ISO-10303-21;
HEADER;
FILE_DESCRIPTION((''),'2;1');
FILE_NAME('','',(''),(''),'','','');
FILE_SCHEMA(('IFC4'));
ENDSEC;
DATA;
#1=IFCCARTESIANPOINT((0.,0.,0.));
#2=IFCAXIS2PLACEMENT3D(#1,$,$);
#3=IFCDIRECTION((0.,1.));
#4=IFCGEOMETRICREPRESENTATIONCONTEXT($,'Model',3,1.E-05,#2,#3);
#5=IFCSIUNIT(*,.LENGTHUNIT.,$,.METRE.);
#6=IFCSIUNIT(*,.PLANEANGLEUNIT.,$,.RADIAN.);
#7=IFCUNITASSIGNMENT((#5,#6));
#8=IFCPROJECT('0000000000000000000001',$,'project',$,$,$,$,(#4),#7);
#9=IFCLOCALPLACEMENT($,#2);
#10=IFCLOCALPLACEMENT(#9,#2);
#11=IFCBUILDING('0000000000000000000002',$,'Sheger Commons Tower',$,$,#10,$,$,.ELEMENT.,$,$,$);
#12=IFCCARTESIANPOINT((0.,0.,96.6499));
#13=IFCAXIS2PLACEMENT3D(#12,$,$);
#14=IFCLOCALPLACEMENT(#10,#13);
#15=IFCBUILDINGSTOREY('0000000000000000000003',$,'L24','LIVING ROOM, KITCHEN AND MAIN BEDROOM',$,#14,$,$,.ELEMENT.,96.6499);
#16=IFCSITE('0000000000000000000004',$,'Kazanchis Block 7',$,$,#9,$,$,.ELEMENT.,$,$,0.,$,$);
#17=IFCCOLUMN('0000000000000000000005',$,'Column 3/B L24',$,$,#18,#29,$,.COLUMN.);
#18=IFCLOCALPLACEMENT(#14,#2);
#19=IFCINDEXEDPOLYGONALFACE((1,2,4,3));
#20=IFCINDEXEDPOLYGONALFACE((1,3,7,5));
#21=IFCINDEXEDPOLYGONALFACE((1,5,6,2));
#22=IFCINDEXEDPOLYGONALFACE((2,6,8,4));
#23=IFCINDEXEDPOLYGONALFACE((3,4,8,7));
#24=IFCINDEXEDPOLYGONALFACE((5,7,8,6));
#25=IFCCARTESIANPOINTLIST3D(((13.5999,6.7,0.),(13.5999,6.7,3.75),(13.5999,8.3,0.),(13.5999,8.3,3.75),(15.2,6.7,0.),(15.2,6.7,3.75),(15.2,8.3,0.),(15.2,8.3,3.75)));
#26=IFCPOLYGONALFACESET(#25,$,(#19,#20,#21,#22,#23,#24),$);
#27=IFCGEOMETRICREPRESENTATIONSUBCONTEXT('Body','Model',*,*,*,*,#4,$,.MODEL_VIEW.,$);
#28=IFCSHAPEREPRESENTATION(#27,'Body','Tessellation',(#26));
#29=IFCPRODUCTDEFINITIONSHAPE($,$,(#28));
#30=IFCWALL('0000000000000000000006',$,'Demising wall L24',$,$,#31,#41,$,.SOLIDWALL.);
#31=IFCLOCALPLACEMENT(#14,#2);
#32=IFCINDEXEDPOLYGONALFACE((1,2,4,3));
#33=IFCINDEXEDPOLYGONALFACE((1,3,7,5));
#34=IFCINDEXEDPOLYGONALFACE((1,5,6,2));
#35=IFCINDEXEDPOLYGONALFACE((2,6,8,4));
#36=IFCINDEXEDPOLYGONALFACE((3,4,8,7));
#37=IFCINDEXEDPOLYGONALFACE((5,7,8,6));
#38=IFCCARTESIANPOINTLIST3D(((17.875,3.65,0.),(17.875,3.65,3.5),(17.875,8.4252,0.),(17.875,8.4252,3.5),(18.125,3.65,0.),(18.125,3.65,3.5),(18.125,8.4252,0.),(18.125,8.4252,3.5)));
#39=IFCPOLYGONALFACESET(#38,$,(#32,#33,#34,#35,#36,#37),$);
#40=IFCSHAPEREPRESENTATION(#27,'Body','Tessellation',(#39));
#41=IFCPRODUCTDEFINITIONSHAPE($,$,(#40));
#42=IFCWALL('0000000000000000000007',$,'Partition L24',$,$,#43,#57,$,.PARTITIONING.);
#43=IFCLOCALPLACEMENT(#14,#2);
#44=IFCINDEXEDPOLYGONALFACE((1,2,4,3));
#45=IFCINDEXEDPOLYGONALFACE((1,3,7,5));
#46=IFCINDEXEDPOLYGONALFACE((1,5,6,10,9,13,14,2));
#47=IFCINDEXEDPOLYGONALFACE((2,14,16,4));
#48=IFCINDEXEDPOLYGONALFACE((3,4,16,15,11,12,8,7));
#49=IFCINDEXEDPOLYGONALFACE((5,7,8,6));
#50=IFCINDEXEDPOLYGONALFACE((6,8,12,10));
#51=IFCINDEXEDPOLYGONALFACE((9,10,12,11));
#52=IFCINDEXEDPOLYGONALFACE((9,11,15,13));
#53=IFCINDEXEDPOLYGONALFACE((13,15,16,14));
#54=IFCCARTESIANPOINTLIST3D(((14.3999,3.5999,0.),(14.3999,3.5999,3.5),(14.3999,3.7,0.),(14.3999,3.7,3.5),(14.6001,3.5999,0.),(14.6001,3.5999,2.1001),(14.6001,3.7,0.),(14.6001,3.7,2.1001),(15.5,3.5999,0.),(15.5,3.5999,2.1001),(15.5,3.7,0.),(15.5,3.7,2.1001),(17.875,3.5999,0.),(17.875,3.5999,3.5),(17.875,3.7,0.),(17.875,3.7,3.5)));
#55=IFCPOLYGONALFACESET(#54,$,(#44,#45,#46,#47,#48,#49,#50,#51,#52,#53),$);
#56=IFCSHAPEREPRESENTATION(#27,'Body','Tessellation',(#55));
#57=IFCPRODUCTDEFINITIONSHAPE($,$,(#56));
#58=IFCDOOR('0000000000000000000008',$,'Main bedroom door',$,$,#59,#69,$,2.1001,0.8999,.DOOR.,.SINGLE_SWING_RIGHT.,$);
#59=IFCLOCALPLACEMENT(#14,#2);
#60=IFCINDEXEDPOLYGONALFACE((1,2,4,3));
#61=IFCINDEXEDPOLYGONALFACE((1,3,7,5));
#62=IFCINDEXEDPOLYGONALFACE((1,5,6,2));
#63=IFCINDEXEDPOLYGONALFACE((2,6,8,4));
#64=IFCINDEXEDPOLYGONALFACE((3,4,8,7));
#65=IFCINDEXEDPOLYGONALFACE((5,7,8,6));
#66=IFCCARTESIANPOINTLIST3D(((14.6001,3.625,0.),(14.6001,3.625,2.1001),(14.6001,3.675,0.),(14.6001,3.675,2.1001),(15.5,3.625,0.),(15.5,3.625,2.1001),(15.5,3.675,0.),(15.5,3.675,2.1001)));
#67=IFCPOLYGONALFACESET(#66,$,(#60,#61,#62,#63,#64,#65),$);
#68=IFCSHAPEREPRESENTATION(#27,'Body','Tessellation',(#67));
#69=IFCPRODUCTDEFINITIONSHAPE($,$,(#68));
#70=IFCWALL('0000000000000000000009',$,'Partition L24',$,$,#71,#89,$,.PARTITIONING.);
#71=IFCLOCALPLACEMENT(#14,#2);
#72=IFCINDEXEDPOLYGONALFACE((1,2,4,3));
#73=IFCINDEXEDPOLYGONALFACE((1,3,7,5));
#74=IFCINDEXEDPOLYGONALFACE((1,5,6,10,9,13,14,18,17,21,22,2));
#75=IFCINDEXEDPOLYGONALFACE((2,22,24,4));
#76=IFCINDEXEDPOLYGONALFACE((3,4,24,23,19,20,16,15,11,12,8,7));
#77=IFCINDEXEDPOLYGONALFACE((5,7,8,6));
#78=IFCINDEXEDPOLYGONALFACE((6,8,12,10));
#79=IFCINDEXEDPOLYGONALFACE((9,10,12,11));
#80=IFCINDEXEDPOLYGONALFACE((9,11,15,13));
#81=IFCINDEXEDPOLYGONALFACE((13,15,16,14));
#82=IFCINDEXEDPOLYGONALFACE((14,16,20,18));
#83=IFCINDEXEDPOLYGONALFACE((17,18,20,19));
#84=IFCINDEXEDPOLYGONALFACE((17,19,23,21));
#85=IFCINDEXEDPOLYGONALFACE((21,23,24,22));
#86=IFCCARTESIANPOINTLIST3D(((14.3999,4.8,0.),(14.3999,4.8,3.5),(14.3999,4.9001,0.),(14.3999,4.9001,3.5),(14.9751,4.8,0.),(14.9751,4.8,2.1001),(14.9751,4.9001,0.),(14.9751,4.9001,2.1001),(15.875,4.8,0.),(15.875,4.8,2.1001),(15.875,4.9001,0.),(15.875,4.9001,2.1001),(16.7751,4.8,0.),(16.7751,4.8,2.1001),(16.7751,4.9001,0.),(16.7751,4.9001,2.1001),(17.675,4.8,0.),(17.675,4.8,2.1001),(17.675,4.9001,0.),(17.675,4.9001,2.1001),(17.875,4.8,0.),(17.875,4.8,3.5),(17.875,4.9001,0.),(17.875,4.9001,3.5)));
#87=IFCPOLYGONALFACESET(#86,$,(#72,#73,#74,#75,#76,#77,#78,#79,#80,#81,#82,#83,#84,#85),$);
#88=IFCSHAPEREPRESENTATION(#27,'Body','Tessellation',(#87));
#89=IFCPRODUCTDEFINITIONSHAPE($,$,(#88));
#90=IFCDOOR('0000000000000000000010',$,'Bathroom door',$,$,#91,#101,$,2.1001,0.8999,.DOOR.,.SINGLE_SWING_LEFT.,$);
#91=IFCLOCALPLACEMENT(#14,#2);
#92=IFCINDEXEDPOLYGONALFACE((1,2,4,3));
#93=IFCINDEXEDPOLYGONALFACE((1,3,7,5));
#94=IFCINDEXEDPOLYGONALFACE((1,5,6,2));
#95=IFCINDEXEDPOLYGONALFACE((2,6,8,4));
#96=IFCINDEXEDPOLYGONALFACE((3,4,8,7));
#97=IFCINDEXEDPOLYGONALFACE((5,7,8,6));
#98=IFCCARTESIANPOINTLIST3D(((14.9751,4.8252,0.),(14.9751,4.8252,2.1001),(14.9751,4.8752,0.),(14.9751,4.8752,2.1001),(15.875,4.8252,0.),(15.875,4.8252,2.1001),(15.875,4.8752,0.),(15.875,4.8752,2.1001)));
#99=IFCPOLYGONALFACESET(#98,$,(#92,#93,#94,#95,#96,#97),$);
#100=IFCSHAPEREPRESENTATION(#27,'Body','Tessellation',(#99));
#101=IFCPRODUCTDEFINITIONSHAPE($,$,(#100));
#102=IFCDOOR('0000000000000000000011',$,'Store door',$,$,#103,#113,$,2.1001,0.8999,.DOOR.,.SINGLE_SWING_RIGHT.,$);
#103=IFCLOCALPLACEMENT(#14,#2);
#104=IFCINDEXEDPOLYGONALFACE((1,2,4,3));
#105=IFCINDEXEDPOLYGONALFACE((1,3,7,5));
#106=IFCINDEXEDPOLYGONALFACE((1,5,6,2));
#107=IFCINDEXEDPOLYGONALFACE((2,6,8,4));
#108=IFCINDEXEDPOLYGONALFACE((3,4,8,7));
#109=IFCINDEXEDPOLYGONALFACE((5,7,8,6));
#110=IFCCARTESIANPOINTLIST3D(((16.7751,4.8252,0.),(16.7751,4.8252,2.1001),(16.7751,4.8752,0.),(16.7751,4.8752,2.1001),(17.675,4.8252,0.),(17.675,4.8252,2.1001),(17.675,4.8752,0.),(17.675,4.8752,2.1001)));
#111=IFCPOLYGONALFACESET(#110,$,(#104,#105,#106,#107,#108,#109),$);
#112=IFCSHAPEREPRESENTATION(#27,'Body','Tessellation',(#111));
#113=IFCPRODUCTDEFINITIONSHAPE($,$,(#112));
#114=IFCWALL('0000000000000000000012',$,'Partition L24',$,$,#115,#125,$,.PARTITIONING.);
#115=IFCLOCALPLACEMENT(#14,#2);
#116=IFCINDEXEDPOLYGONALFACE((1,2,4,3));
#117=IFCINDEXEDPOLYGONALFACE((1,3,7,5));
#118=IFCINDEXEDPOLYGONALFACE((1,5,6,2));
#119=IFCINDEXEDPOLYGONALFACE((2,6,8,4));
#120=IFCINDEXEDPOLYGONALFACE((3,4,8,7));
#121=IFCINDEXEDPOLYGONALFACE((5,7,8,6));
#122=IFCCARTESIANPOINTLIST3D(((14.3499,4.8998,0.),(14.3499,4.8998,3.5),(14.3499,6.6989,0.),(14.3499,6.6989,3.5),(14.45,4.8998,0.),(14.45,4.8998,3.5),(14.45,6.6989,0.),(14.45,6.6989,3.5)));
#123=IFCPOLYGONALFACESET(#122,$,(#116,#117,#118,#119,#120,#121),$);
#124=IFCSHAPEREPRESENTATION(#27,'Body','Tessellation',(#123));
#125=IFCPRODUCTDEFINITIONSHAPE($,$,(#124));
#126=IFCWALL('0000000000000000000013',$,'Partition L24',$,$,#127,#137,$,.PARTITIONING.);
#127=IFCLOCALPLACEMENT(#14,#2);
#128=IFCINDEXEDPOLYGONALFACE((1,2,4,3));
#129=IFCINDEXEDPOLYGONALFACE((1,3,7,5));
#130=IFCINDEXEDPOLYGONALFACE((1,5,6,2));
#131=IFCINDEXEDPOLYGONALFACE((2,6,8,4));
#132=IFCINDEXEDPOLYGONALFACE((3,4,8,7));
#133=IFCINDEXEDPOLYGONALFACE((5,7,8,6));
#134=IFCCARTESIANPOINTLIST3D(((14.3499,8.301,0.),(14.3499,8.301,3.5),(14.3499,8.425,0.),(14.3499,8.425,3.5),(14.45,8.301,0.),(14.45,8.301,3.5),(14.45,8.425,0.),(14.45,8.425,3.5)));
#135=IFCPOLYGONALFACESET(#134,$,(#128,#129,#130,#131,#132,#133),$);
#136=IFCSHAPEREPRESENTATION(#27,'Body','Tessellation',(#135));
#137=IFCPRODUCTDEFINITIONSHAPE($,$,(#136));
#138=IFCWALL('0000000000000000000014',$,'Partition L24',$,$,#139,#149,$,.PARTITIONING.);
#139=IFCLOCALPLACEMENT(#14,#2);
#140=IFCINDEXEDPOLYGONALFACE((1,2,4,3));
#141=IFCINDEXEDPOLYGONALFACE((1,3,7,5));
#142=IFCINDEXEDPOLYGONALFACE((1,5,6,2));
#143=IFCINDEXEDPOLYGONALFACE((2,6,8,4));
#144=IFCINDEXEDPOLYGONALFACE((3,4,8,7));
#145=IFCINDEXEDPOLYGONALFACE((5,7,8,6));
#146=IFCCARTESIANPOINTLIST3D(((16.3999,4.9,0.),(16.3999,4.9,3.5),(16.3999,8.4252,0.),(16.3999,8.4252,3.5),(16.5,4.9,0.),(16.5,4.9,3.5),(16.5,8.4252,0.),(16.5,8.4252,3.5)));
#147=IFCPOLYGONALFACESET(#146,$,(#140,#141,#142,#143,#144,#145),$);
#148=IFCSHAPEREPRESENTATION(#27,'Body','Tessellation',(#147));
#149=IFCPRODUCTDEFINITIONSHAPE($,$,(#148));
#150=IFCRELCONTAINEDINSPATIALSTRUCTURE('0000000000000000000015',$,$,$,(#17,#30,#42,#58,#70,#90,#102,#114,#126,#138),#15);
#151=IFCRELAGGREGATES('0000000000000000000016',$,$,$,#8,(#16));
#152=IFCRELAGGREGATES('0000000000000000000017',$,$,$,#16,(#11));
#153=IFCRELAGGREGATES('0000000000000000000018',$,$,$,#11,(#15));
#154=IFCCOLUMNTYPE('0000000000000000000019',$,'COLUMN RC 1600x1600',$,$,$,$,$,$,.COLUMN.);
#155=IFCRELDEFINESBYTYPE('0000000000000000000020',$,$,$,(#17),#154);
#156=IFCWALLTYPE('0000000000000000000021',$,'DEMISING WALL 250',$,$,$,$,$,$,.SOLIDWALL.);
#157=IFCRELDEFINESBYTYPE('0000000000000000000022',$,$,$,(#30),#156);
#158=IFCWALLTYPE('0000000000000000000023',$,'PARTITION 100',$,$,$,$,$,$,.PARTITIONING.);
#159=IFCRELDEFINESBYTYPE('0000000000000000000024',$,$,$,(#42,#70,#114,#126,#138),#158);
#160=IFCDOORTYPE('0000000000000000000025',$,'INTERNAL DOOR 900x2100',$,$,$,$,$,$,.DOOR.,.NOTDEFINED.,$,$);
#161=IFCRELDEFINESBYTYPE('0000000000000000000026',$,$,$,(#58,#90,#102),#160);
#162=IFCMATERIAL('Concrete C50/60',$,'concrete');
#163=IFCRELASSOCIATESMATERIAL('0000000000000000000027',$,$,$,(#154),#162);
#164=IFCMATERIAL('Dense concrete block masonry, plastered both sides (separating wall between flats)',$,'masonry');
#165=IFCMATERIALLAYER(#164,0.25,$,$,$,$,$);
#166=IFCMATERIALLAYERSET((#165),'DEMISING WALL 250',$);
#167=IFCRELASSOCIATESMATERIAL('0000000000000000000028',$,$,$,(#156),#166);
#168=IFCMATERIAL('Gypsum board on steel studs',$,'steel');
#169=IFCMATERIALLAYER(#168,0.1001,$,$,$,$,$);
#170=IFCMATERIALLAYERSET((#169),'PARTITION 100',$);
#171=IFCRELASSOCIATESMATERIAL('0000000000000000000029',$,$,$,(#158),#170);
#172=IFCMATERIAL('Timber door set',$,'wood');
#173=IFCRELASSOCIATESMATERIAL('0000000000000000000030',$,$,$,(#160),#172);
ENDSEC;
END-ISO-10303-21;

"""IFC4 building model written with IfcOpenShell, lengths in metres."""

from ifc_helpers import new_model, si_unit, direction, frame, frame_2d, origin, origin_2d, place, context, subcontext, project, spatial, rectangle, extrude, material, layer, layer_set, material_profile, profile_set, type_object, element, fill, save


model = new_model("IFC4")

# Units and contexts
model_context = context("Model", 3, precision=1e-05, world=origin(), true_north=direction((0.0, 1.0)))
body_context = subcontext(model_context, "Body", "Model", "MODEL_VIEW")
ifc_project = project(units=[si_unit("LENGTHUNIT", "METRE"), si_unit("PLANEANGLEUNIT", "RADIAN")], contexts=[model_context])

# Site, building, storey
site_placement = place(None, origin())
site = spatial("IfcSite", under=ifc_project, at=site_placement, Name="Kazanchis Block 7", CompositionType="ELEMENT", RefElevation=0.0)
building_placement = place(site_placement, origin())
building = spatial("IfcBuilding", under=site, at=building_placement, Name="Sheger Commons Tower", CompositionType="ELEMENT")
storey_placement = place(building_placement, frame((0.0, 0.0, 96.6499)))
storey = spatial("IfcBuildingStorey", under=building, at=storey_placement, Name="L24", Description="LIVING ROOM, KITCHEN AND MAIN BEDROOM", CompositionType="ELEMENT", Elevation=96.6499)

# Column
ifc_material_1 = material(Name="Concrete C50/60", Category="concrete")
ifc_material_profile = material_profile(ifc_material_1, rectangle(XDim=1.6001, YDim=1.6001, at=origin_2d()), Name="RC 1600x1600")
ifc_profile_set = profile_set([ifc_material_profile], Name="Concrete C50/60")
column_type = type_object("IfcColumnType", Name="COLUMN RC 1600x1600", PredefinedType="COLUMN", material=ifc_profile_set)
column_placement = place(storey_placement, frame((14.3999, 7.5, 0.0), z_axis=(0.0, 0.0, 1.0), x_axis=(1.0, 0.0, 0.0)))
element("IfcColumn", 1, at=column_placement, inside=storey, type_object=column_type, Name="Column 3/B L24", PredefinedType="COLUMN", context=body_context, shape_type="SweptSolid", body=[
    extrude(rectangle(XDim=1.6001, YDim=1.6001, at=origin_2d()), origin(), (0.0, 0.0, 1.0), 3.75),
])

# Wall
ifc_material_2 = material(Name="Dense concrete block masonry, plastered both sides (separating wall between flats)", Category="masonry")
ifc_layer_1 = layer(ifc_material_2, 0.25)
ifc_layer_set_1 = layer_set([ifc_layer_1], Name="DEMISING WALL 250")
wall_type_1 = type_object("IfcWallType", Name="DEMISING WALL 250", PredefinedType="SOLIDWALL", material=ifc_layer_set_1)
wall_1_placement = place(storey_placement, frame((18.0, 3.6499, 0.0), z_axis=(0.0, 0.0, 1.0), x_axis=(0.0, 1.0, 0.0)))
element("IfcWall", 2, at=wall_1_placement, inside=storey, type_object=wall_type_1, Name="Demising wall L24", PredefinedType="SOLIDWALL", context=body_context, shape_type="SweptSolid", body=[
    extrude(rectangle(XDim=4.7751, YDim=0.25, at=frame_2d((2.3877, 0.0))), origin(), (0.0, 0.0, 1.0), 3.5),
])

# Wall, opening, door
ifc_material_3 = material(Name="Gypsum board on steel studs", Category="steel")
ifc_layer_2 = layer(ifc_material_3, 0.1001)
ifc_layer_set_2 = layer_set([ifc_layer_2], Name="PARTITION 100")
wall_type_2 = type_object("IfcWallType", Name="PARTITION 100", PredefinedType="PARTITIONING", material=ifc_layer_set_2)
wall_2_placement = place(storey_placement, frame((17.875, 3.6499, 0.0), z_axis=(0.0, 0.0, 1.0), x_axis=(-1.0, 0.0, 0.0)))
wall_2 = element("IfcWall", 3, at=wall_2_placement, inside=storey, type_object=wall_type_2, Name="Partition L24", PredefinedType="PARTITIONING", context=body_context, shape_type="SweptSolid", body=[
    extrude(rectangle(XDim=3.4751, YDim=0.1001, at=frame_2d((1.7375, 0.0))), origin(), (0.0, 0.0, 1.0), 3.5),
])
opening_1_placement = place(wall_2_placement, frame((2.375, 0.0, 0.0)))
opening_1 = element("IfcOpeningElement", 4, at=opening_1_placement, cuts=wall_2, PredefinedType="OPENING", context=body_context, shape_type="SweptSolid", body=[
    extrude(rectangle(XDim=0.8999, YDim=2.1001, at=frame_2d((0.45, 1.05))), frame((0.0, 0.0601, 0.0), z_axis=(0.0, -1.0, 0.0), x_axis=(1.0, 0.0, 0.0)), (0.0, 0.0, 1.0), 0.1201),
])
ifc_material_4 = material(Name="Timber door set", Category="wood")
door_type_1 = type_object("IfcDoorType", Name="INTERNAL DOOR 900x2100", OperationType="NOTDEFINED", PredefinedType="DOOR", material=ifc_material_4)
door_1_placement = place(opening_1_placement, origin())
door_1 = element("IfcDoor", 5, at=door_1_placement, inside=storey, type_object=door_type_1, Name="Main bedroom door", OperationType="SINGLE_SWING_RIGHT", OverallHeight=2.1001, OverallWidth=0.8999, PredefinedType="DOOR", context=body_context, shape_type="SweptSolid", body=[
    extrude(rectangle(XDim=0.8999, YDim=2.1001, at=frame_2d((0.45, 1.05))), frame((0.0, 0.0249, 0.0), z_axis=(0.0, -1.0, 0.0), x_axis=(1.0, 0.0, 0.0)), (0.0, 0.0, 1.0), 0.05),
])
fill(opening_1, door_1)

# Wall, openings, doors
wall_3_placement = place(storey_placement, frame((17.875, 4.8501, 0.0), z_axis=(0.0, 0.0, 1.0), x_axis=(-1.0, 0.0, 0.0)))
wall_3 = element("IfcWall", 6, at=wall_3_placement, inside=storey, type_object=wall_type_2, Name="Partition L24", PredefinedType="PARTITIONING", context=body_context, shape_type="SweptSolid", body=[
    extrude(rectangle(XDim=3.4751, YDim=0.1001, at=frame_2d((1.7375, 0.0))), origin(), (0.0, 0.0, 1.0), 3.5),
])
opening_2_placement = place(wall_3_placement, frame((2.0, 0.0, 0.0)))
opening_2 = element("IfcOpeningElement", 7, at=opening_2_placement, cuts=wall_3, PredefinedType="OPENING", context=body_context, shape_type="SweptSolid", body=[
    extrude(rectangle(XDim=0.8999, YDim=2.1001, at=frame_2d((0.45, 1.05))), frame((0.0, 0.0601, 0.0), z_axis=(0.0, -1.0, 0.0), x_axis=(1.0, 0.0, 0.0)), (0.0, 0.0, 1.0), 0.1201),
])
opening_3_placement = place(wall_3_placement, frame((0.2, 0.0, 0.0)))
opening_3 = element("IfcOpeningElement", 8, at=opening_3_placement, cuts=wall_3, PredefinedType="OPENING", context=body_context, shape_type="SweptSolid", body=[
    extrude(rectangle(XDim=0.8999, YDim=2.1001, at=frame_2d((0.45, 1.05))), frame((0.0, 0.0601, 0.0), z_axis=(0.0, -1.0, 0.0), x_axis=(1.0, 0.0, 0.0)), (0.0, 0.0, 1.0), 0.1201),
])
door_2_placement = place(opening_2_placement, origin())
door_2 = element("IfcDoor", 9, at=door_2_placement, inside=storey, type_object=door_type_1, Name="Bathroom door", OperationType="SINGLE_SWING_LEFT", OverallHeight=2.1001, OverallWidth=0.8999, PredefinedType="DOOR", context=body_context, shape_type="SweptSolid", body=[
    extrude(rectangle(XDim=0.8999, YDim=2.1001, at=frame_2d((0.45, 1.05))), frame((0.0, 0.0249, 0.0), z_axis=(0.0, -1.0, 0.0), x_axis=(1.0, 0.0, 0.0)), (0.0, 0.0, 1.0), 0.05),
])
fill(opening_2, door_2)
door_3_placement = place(opening_3_placement, origin())
door_3 = element("IfcDoor", 10, at=door_3_placement, inside=storey, type_object=door_type_1, Name="Store door", OperationType="SINGLE_SWING_RIGHT", OverallHeight=2.1001, OverallWidth=0.8999, PredefinedType="DOOR", context=body_context, shape_type="SweptSolid", body=[
    extrude(rectangle(XDim=0.8999, YDim=2.1001, at=frame_2d((0.45, 1.05))), frame((0.0, 0.0249, 0.0), z_axis=(0.0, -1.0, 0.0), x_axis=(1.0, 0.0, 0.0)), (0.0, 0.0, 1.0), 0.05),
])
fill(opening_3, door_3)

# Walls
wall_4_placement = place(storey_placement, frame((14.3999, 4.8999, 0.0), z_axis=(0.0, 0.0, 1.0), x_axis=(0.0, 1.0, 0.0)))
element("IfcWall", 11, at=wall_4_placement, inside=storey, type_object=wall_type_2, Name="Partition L24", PredefinedType="PARTITIONING", context=body_context, shape_type="SweptSolid", body=[
    extrude(rectangle(XDim=1.7991, YDim=0.1001, at=frame_2d((0.8994, 0.0))), origin(), (0.0, 0.0, 1.0), 3.5),
])
wall_5_placement = place(storey_placement, frame((14.3999, 8.301, 0.0), z_axis=(0.0, 0.0, 1.0), x_axis=(0.0, 1.0, 0.0)))
element("IfcWall", 12, at=wall_5_placement, inside=storey, type_object=wall_type_2, Name="Partition L24", PredefinedType="PARTITIONING", context=body_context, shape_type="SweptSolid", body=[
    extrude(rectangle(XDim=0.124, YDim=0.1001, at=frame_2d((0.062, 0.0))), origin(), (0.0, 0.0, 1.0), 3.5),
])
wall_6_placement = place(storey_placement, frame((16.45, 4.8999, 0.0), z_axis=(0.0, 0.0, 1.0), x_axis=(0.0, 1.0, 0.0)))
element("IfcWall", 13, at=wall_6_placement, inside=storey, type_object=wall_type_2, Name="Partition L24", PredefinedType="PARTITIONING", context=body_context, shape_type="SweptSolid", body=[
    extrude(rectangle(XDim=3.5251, YDim=0.1001, at=frame_2d((1.7627, 0.0))), origin(), (0.0, 0.0, 1.0), 3.5),
])

save(model, "model.ifc")
